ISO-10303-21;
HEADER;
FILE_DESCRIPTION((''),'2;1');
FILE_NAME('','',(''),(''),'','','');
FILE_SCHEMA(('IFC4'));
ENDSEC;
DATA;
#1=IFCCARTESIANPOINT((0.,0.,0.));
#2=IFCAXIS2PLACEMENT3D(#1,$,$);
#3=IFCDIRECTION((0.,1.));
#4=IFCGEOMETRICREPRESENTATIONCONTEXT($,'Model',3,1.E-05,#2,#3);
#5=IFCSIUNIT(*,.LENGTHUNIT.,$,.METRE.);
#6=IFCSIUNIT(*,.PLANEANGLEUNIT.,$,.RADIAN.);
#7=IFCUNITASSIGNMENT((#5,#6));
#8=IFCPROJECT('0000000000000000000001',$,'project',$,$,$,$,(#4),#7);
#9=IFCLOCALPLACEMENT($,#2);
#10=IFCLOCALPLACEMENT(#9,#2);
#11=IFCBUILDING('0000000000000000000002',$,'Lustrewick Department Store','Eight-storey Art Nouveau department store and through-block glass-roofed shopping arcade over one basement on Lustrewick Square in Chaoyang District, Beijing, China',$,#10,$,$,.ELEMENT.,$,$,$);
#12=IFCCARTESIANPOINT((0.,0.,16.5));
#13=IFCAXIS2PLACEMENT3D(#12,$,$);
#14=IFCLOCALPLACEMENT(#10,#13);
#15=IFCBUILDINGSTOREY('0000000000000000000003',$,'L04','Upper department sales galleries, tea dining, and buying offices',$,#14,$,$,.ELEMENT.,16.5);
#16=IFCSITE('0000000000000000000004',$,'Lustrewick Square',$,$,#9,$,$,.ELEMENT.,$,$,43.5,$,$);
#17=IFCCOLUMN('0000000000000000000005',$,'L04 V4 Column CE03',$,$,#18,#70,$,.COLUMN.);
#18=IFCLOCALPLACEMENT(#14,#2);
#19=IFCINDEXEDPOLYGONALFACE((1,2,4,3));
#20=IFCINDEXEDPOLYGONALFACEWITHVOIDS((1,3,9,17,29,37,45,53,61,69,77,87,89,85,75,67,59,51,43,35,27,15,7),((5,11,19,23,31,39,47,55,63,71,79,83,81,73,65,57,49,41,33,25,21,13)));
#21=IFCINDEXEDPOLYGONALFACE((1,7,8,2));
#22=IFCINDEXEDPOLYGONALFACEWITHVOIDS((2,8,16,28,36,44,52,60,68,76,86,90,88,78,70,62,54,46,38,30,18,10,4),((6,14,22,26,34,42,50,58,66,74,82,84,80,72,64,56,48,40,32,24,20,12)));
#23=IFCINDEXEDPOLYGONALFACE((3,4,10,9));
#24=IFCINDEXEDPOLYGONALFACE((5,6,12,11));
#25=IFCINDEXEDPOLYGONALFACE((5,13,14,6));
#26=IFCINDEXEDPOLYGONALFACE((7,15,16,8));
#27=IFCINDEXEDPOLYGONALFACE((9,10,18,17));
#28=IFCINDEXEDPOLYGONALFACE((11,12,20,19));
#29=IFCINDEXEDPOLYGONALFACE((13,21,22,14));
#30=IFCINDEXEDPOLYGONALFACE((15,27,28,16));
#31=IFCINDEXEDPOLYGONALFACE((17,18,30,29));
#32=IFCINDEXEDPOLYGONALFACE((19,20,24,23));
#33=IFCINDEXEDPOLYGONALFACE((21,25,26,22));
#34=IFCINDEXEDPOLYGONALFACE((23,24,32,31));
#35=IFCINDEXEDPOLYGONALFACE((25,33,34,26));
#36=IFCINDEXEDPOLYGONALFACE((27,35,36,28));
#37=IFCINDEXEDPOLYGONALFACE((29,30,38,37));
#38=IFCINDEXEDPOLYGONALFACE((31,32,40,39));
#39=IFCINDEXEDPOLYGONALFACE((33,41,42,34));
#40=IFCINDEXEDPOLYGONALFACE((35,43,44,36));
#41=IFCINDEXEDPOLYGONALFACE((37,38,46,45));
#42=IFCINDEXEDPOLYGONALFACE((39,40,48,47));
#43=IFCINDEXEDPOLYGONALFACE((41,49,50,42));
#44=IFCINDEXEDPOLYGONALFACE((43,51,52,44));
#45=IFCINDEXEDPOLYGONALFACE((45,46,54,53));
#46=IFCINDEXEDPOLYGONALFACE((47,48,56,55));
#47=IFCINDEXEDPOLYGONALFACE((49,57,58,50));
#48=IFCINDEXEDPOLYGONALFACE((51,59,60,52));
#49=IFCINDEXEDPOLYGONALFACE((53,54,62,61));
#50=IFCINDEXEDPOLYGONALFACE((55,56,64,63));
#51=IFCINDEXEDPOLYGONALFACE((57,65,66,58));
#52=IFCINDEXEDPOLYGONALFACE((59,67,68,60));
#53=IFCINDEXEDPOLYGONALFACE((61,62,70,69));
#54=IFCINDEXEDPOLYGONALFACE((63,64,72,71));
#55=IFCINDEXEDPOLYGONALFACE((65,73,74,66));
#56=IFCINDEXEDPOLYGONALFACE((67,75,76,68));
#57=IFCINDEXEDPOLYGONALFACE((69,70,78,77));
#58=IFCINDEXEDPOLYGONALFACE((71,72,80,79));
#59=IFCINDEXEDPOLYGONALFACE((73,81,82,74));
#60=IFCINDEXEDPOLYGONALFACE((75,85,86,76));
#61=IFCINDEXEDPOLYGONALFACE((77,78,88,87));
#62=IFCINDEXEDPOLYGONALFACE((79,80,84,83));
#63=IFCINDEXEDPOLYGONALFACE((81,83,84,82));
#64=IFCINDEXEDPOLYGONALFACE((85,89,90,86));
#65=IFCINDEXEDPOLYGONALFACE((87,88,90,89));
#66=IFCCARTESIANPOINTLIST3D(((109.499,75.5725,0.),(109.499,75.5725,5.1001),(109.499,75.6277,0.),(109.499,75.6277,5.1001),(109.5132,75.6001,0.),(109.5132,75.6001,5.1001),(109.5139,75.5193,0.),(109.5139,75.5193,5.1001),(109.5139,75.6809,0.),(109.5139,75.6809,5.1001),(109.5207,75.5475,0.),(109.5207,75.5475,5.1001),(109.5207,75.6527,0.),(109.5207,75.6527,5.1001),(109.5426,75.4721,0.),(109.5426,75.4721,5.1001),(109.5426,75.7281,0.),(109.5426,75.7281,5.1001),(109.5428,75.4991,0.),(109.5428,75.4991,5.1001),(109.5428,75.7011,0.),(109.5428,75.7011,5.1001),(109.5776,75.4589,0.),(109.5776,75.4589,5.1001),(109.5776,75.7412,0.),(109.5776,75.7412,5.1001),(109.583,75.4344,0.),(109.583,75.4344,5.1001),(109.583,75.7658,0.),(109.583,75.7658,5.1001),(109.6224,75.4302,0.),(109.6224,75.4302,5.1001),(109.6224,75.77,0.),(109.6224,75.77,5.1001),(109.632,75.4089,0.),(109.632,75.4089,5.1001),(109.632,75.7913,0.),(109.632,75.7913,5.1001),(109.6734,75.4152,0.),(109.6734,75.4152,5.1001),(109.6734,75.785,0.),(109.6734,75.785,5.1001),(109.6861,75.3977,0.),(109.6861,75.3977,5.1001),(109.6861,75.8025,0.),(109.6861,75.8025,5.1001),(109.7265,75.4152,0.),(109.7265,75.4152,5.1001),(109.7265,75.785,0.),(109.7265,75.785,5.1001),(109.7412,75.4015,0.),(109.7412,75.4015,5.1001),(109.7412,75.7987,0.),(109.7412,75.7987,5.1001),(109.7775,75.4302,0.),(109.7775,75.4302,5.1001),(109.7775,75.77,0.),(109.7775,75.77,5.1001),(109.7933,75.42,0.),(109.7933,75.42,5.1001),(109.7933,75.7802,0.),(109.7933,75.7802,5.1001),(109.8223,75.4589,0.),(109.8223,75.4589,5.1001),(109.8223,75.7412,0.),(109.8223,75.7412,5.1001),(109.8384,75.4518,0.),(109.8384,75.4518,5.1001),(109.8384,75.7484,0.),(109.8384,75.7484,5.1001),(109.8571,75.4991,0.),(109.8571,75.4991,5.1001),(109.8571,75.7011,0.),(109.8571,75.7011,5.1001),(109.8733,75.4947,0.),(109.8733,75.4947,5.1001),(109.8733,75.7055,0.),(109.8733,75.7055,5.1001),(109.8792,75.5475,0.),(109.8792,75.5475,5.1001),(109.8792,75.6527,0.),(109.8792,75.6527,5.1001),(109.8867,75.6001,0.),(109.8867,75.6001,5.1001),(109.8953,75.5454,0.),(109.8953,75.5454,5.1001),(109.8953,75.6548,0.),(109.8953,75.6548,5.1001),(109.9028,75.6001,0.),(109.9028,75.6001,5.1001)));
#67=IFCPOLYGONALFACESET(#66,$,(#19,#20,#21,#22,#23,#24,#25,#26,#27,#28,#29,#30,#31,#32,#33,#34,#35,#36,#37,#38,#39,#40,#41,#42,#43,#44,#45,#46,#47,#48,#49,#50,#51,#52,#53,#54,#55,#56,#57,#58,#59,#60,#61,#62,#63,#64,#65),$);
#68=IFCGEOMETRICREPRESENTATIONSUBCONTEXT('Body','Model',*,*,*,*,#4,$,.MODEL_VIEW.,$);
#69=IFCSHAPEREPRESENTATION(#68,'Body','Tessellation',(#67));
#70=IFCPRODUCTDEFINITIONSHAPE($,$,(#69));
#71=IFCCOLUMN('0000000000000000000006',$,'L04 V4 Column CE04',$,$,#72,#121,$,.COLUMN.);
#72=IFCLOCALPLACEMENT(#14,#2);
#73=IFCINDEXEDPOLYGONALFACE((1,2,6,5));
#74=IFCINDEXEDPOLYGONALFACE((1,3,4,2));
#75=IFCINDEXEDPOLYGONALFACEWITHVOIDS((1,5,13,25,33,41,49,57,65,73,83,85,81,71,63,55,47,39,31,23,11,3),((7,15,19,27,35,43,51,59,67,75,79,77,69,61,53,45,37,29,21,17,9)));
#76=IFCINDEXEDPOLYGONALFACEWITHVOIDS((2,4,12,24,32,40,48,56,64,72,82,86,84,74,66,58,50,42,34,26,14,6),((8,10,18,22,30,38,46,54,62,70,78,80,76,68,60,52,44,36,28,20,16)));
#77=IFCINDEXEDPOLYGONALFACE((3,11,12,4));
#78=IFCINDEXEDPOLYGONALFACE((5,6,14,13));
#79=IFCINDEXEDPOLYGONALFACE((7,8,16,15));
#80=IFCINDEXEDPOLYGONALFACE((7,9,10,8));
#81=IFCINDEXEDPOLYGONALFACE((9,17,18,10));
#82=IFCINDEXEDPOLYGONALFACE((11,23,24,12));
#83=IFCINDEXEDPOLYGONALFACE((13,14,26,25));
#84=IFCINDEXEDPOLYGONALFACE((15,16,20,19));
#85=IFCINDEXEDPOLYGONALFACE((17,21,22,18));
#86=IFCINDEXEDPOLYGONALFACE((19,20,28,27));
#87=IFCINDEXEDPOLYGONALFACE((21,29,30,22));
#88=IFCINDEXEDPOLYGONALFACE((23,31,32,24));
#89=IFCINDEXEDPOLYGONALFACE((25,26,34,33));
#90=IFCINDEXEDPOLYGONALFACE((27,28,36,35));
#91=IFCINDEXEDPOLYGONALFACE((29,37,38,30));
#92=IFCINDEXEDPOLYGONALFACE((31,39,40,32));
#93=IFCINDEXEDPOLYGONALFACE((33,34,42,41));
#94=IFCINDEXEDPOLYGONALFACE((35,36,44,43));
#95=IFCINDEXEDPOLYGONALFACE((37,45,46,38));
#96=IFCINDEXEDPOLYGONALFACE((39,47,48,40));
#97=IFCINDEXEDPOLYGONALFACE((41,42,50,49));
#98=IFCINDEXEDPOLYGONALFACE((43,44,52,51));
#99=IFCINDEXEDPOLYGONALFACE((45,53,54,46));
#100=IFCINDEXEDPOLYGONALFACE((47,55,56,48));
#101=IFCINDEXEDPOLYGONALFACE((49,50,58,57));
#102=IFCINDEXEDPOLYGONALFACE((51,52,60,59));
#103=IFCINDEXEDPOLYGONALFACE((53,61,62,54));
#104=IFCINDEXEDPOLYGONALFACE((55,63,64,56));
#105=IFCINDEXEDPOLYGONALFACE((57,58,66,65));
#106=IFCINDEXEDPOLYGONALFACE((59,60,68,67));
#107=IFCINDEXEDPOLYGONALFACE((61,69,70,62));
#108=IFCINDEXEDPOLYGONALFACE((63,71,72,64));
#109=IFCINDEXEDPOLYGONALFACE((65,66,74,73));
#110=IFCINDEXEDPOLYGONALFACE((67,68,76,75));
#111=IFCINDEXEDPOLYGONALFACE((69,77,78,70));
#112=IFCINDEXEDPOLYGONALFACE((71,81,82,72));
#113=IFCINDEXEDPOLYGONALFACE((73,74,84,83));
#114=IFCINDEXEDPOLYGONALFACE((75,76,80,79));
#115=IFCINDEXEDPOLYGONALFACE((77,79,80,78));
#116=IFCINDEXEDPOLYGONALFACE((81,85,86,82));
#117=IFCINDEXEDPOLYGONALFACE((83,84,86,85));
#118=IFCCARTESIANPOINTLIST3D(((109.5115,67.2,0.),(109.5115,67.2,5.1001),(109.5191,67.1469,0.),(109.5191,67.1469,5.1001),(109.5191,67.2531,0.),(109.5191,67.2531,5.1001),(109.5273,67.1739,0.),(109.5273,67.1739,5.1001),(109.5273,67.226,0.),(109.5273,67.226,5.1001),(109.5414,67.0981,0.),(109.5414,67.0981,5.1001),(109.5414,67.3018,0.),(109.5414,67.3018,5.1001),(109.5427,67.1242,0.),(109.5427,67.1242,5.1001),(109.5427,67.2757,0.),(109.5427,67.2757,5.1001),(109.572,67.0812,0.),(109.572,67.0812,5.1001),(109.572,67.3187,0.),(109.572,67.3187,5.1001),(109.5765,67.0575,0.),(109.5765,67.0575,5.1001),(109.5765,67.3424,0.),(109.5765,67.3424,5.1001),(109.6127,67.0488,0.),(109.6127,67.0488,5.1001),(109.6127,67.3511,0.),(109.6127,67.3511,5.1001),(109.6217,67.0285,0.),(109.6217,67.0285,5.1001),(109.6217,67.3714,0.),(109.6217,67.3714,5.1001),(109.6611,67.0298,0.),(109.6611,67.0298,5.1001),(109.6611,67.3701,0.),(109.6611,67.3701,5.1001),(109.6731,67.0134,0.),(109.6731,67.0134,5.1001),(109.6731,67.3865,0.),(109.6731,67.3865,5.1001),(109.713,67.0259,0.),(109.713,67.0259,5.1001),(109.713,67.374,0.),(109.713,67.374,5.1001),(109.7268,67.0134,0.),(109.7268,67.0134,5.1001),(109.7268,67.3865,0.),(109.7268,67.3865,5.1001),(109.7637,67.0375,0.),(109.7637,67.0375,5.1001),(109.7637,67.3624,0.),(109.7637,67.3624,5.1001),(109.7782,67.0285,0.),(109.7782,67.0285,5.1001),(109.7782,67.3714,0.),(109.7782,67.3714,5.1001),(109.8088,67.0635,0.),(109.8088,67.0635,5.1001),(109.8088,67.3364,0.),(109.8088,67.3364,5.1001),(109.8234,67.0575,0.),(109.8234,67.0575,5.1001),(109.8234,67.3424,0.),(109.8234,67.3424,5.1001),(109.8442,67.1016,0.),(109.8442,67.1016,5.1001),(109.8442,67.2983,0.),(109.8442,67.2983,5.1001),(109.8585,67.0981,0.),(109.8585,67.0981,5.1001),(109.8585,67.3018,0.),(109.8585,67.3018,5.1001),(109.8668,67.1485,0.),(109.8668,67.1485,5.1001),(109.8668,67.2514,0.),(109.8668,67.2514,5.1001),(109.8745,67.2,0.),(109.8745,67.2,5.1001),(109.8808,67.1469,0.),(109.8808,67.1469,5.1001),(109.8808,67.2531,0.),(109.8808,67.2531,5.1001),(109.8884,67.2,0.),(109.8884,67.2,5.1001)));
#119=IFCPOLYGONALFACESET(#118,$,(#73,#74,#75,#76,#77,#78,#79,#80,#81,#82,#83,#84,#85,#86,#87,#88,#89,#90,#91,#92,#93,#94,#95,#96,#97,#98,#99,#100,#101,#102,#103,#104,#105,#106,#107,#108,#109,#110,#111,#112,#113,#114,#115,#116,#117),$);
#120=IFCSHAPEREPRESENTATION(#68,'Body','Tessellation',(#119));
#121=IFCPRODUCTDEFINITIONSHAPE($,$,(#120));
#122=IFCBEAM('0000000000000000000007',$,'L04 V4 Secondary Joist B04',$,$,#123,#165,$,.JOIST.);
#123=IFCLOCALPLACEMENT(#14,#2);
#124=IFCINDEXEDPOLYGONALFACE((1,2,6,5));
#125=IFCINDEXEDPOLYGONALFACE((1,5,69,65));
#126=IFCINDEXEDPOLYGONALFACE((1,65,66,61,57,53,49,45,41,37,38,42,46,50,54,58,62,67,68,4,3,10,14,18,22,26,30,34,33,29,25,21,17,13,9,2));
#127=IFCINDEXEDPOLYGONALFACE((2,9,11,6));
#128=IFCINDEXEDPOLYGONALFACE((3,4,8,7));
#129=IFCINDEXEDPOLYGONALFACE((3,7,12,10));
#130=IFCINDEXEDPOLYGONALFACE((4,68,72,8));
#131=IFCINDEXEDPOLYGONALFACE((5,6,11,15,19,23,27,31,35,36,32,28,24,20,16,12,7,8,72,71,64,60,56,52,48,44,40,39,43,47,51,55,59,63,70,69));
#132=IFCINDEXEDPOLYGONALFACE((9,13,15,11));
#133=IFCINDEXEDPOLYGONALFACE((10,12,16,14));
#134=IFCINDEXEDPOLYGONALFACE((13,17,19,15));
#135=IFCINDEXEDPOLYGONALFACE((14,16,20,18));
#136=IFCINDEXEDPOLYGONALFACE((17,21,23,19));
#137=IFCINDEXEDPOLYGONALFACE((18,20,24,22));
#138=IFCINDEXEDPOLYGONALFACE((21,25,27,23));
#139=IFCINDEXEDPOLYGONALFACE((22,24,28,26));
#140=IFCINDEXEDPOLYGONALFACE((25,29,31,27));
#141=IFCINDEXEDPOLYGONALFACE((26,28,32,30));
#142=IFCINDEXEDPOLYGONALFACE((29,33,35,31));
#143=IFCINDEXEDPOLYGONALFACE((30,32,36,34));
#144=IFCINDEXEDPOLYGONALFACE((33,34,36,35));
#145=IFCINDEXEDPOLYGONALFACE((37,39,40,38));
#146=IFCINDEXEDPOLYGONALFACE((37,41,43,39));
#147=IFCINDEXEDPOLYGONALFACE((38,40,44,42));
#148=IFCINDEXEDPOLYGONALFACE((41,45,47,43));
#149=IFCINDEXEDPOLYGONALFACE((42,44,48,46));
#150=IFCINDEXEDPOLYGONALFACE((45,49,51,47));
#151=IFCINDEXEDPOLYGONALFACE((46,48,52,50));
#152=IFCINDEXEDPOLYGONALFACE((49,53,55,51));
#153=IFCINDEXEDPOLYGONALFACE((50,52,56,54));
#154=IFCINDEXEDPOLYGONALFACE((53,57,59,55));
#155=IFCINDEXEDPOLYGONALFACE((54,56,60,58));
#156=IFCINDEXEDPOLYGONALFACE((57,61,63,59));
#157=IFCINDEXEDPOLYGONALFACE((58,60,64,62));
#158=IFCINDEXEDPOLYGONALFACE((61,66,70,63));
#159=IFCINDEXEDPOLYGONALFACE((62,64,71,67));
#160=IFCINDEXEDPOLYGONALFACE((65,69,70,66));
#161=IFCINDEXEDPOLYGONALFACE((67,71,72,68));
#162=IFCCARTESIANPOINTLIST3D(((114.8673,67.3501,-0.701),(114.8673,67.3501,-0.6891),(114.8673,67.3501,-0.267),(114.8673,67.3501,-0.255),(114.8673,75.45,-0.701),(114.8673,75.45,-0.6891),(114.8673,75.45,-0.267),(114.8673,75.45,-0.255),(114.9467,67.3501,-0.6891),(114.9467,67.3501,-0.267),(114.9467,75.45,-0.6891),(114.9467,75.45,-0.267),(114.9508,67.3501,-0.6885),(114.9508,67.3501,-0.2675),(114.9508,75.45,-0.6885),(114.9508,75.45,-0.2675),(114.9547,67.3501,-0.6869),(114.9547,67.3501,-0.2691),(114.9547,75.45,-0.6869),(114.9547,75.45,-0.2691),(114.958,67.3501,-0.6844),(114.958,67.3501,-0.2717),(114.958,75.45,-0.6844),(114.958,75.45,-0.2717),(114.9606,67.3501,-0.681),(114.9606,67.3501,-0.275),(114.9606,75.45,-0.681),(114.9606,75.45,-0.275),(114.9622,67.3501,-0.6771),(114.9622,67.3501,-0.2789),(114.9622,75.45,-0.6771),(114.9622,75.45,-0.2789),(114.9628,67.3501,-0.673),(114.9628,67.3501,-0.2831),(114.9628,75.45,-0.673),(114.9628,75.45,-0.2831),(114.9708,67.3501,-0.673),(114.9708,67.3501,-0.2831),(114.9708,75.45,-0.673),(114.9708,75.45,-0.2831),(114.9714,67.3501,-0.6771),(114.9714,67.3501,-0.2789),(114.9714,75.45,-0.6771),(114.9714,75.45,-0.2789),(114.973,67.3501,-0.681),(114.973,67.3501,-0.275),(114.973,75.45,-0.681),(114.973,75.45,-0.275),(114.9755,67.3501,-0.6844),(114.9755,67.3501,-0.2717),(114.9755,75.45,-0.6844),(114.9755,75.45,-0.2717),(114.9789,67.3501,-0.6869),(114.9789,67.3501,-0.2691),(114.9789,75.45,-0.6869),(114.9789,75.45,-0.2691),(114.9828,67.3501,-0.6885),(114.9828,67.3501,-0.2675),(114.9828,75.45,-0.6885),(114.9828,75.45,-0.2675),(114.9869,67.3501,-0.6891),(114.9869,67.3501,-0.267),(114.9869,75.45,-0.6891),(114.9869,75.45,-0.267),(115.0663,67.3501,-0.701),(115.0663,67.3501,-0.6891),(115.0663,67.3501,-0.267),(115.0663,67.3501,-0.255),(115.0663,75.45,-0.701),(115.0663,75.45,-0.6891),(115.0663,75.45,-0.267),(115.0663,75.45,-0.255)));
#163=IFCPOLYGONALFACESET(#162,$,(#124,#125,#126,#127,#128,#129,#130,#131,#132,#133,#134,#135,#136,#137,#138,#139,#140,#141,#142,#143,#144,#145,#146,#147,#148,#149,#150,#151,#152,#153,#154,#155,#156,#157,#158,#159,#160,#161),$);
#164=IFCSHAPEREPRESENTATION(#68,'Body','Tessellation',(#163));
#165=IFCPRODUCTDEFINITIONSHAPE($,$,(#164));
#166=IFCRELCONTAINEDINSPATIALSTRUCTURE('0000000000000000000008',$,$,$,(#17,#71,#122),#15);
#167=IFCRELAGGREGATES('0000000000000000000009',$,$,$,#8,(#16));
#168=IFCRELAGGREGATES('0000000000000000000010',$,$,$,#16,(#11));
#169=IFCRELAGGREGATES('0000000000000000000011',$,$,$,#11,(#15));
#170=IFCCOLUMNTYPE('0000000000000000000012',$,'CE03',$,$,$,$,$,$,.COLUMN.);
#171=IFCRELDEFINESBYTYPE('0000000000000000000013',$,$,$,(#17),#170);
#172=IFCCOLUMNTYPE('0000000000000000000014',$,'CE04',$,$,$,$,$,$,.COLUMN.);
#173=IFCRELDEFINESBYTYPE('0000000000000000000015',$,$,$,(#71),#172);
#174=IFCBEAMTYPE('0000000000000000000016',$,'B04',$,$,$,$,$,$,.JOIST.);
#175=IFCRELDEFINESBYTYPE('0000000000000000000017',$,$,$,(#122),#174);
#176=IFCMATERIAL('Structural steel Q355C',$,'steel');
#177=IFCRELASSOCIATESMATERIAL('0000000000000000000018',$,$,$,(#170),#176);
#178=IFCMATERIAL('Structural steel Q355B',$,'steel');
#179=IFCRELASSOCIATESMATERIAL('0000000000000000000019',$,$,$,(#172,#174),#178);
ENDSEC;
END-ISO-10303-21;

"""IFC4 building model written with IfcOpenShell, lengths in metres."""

from ifc_helpers import new_model, si_unit, direction, frame, origin, origin_2d, place, context, subcontext, project, spatial, hollow_circle, i_section, extrude, material, material_profile, profile_set, type_object, element, save


model = new_model("IFC4")

# Units and contexts
model_context = context("Model", 3, precision=1e-05, world=origin(), true_north=direction((0.0, 1.0)))
body_context = subcontext(model_context, "Body", "Model", "MODEL_VIEW")
ifc_project = project(units=[si_unit("LENGTHUNIT", "METRE"), si_unit("PLANEANGLEUNIT", "RADIAN")], contexts=[model_context])

# Site, building, storey
site_placement = place(None, origin())
site = spatial("IfcSite", under=ifc_project, at=site_placement, Name="Lustrewick Square", CompositionType="ELEMENT", RefElevation=43.5)
building_placement = place(site_placement, origin())
building = spatial("IfcBuilding", under=site, at=building_placement, Name="Lustrewick Department Store", Description="Eight-storey Art Nouveau department store and through-block glass-roofed shopping arcade over one basement on Lustrewick Square in Chaoyang District, Beijing, China", CompositionType="ELEMENT")
storey_placement = place(building_placement, frame((0.0, 0.0, 16.5)))
storey = spatial("IfcBuildingStorey", under=building, at=storey_placement, Name="L04", Description="Upper department sales galleries, tea dining, and buying offices", CompositionType="ELEMENT", Elevation=16.5)

# Columns
ifc_material_1 = material(Name="Structural steel Q355B", Category="steel")
ifc_material_2 = material(Name="Structural steel Q355C", Category="steel")
ifc_material_profile_1 = material_profile(ifc_material_2, hollow_circle(Radius=0.2029, WallThickness=0.0161, at=origin_2d()), Name="CHS 406x16")
ifc_profile_set_1 = profile_set([ifc_material_profile_1], Name="Structural steel Q355C")
column_type_1 = type_object("IfcColumnType", Name="CE03", PredefinedType="COLUMN", material=ifc_profile_set_1)
column_1_placement = place(storey_placement, frame((109.7, 75.6001, 0.0), z_axis=(0.0, 0.0, 1.0), x_axis=(1.0, 0.0, 0.0)))
element("IfcColumn", 1, at=column_1_placement, inside=storey, type_object=column_type_1, Name="L04 V4 Column CE03", PredefinedType="COLUMN", context=body_context, shape_type="SweptSolid", body=[
    extrude(hollow_circle(Radius=0.2029, WallThickness=0.0161, at=origin_2d()), origin(), (0.0, 0.0, 1.0), 5.1001),
])
ifc_material_profile_2 = material_profile(ifc_material_1, hollow_circle(Radius=0.1885, WallThickness=0.0139, at=origin_2d()), Name="CHS 377x14")
ifc_profile_set_2 = profile_set([ifc_material_profile_2], Name="Structural steel Q355B")
column_type_2 = type_object("IfcColumnType", Name="CE04", PredefinedType="COLUMN", material=ifc_profile_set_2)
column_2_placement = place(storey_placement, frame((109.7, 67.2, 0.0), z_axis=(0.0, 0.0, 1.0), x_axis=(1.0, 0.0, 0.0)))
element("IfcColumn", 2, at=column_2_placement, inside=storey, type_object=column_type_2, Name="L04 V4 Column CE04", PredefinedType="COLUMN", context=body_context, shape_type="SweptSolid", body=[
    extrude(hollow_circle(Radius=0.1885, WallThickness=0.0139, at=origin_2d()), origin(), (0.0, 0.0, 1.0), 5.1001),
])

# Beam
ifc_material_profile_3 = material_profile(ifc_material_1, i_section(OverallWidth=0.199, OverallDepth=0.446, WebThickness=0.0081, FlangeThickness=0.012, FilletRadius=0.0161, at=origin_2d()), Name="HN 446x199x8x12")
ifc_profile_set_3 = profile_set([ifc_material_profile_3], Name="Structural steel Q355B")
beam_type_1 = type_object("IfcBeamType", Name="B04", PredefinedType="JOIST", material=ifc_profile_set_3)
beam_1_placement = place(storey_placement, frame((114.9668, 67.3501, -0.478), z_axis=(0.0, 1.0, 0.0), x_axis=(-1.0, 0.0, 0.0)))
element("IfcBeam", 3, at=beam_1_placement, inside=storey, type_object=beam_type_1, Name="L04 V4 Secondary Joist B04", PredefinedType="JOIST", context=body_context, shape_type="SweptSolid", body=[
    extrude(i_section(OverallWidth=0.199, OverallDepth=0.446, WebThickness=0.0081, FlangeThickness=0.012, FilletRadius=0.0161, at=origin_2d()), origin(), (0.0, 0.0, 1.0), 8.0999),
])

save(model, "model.ifc")
